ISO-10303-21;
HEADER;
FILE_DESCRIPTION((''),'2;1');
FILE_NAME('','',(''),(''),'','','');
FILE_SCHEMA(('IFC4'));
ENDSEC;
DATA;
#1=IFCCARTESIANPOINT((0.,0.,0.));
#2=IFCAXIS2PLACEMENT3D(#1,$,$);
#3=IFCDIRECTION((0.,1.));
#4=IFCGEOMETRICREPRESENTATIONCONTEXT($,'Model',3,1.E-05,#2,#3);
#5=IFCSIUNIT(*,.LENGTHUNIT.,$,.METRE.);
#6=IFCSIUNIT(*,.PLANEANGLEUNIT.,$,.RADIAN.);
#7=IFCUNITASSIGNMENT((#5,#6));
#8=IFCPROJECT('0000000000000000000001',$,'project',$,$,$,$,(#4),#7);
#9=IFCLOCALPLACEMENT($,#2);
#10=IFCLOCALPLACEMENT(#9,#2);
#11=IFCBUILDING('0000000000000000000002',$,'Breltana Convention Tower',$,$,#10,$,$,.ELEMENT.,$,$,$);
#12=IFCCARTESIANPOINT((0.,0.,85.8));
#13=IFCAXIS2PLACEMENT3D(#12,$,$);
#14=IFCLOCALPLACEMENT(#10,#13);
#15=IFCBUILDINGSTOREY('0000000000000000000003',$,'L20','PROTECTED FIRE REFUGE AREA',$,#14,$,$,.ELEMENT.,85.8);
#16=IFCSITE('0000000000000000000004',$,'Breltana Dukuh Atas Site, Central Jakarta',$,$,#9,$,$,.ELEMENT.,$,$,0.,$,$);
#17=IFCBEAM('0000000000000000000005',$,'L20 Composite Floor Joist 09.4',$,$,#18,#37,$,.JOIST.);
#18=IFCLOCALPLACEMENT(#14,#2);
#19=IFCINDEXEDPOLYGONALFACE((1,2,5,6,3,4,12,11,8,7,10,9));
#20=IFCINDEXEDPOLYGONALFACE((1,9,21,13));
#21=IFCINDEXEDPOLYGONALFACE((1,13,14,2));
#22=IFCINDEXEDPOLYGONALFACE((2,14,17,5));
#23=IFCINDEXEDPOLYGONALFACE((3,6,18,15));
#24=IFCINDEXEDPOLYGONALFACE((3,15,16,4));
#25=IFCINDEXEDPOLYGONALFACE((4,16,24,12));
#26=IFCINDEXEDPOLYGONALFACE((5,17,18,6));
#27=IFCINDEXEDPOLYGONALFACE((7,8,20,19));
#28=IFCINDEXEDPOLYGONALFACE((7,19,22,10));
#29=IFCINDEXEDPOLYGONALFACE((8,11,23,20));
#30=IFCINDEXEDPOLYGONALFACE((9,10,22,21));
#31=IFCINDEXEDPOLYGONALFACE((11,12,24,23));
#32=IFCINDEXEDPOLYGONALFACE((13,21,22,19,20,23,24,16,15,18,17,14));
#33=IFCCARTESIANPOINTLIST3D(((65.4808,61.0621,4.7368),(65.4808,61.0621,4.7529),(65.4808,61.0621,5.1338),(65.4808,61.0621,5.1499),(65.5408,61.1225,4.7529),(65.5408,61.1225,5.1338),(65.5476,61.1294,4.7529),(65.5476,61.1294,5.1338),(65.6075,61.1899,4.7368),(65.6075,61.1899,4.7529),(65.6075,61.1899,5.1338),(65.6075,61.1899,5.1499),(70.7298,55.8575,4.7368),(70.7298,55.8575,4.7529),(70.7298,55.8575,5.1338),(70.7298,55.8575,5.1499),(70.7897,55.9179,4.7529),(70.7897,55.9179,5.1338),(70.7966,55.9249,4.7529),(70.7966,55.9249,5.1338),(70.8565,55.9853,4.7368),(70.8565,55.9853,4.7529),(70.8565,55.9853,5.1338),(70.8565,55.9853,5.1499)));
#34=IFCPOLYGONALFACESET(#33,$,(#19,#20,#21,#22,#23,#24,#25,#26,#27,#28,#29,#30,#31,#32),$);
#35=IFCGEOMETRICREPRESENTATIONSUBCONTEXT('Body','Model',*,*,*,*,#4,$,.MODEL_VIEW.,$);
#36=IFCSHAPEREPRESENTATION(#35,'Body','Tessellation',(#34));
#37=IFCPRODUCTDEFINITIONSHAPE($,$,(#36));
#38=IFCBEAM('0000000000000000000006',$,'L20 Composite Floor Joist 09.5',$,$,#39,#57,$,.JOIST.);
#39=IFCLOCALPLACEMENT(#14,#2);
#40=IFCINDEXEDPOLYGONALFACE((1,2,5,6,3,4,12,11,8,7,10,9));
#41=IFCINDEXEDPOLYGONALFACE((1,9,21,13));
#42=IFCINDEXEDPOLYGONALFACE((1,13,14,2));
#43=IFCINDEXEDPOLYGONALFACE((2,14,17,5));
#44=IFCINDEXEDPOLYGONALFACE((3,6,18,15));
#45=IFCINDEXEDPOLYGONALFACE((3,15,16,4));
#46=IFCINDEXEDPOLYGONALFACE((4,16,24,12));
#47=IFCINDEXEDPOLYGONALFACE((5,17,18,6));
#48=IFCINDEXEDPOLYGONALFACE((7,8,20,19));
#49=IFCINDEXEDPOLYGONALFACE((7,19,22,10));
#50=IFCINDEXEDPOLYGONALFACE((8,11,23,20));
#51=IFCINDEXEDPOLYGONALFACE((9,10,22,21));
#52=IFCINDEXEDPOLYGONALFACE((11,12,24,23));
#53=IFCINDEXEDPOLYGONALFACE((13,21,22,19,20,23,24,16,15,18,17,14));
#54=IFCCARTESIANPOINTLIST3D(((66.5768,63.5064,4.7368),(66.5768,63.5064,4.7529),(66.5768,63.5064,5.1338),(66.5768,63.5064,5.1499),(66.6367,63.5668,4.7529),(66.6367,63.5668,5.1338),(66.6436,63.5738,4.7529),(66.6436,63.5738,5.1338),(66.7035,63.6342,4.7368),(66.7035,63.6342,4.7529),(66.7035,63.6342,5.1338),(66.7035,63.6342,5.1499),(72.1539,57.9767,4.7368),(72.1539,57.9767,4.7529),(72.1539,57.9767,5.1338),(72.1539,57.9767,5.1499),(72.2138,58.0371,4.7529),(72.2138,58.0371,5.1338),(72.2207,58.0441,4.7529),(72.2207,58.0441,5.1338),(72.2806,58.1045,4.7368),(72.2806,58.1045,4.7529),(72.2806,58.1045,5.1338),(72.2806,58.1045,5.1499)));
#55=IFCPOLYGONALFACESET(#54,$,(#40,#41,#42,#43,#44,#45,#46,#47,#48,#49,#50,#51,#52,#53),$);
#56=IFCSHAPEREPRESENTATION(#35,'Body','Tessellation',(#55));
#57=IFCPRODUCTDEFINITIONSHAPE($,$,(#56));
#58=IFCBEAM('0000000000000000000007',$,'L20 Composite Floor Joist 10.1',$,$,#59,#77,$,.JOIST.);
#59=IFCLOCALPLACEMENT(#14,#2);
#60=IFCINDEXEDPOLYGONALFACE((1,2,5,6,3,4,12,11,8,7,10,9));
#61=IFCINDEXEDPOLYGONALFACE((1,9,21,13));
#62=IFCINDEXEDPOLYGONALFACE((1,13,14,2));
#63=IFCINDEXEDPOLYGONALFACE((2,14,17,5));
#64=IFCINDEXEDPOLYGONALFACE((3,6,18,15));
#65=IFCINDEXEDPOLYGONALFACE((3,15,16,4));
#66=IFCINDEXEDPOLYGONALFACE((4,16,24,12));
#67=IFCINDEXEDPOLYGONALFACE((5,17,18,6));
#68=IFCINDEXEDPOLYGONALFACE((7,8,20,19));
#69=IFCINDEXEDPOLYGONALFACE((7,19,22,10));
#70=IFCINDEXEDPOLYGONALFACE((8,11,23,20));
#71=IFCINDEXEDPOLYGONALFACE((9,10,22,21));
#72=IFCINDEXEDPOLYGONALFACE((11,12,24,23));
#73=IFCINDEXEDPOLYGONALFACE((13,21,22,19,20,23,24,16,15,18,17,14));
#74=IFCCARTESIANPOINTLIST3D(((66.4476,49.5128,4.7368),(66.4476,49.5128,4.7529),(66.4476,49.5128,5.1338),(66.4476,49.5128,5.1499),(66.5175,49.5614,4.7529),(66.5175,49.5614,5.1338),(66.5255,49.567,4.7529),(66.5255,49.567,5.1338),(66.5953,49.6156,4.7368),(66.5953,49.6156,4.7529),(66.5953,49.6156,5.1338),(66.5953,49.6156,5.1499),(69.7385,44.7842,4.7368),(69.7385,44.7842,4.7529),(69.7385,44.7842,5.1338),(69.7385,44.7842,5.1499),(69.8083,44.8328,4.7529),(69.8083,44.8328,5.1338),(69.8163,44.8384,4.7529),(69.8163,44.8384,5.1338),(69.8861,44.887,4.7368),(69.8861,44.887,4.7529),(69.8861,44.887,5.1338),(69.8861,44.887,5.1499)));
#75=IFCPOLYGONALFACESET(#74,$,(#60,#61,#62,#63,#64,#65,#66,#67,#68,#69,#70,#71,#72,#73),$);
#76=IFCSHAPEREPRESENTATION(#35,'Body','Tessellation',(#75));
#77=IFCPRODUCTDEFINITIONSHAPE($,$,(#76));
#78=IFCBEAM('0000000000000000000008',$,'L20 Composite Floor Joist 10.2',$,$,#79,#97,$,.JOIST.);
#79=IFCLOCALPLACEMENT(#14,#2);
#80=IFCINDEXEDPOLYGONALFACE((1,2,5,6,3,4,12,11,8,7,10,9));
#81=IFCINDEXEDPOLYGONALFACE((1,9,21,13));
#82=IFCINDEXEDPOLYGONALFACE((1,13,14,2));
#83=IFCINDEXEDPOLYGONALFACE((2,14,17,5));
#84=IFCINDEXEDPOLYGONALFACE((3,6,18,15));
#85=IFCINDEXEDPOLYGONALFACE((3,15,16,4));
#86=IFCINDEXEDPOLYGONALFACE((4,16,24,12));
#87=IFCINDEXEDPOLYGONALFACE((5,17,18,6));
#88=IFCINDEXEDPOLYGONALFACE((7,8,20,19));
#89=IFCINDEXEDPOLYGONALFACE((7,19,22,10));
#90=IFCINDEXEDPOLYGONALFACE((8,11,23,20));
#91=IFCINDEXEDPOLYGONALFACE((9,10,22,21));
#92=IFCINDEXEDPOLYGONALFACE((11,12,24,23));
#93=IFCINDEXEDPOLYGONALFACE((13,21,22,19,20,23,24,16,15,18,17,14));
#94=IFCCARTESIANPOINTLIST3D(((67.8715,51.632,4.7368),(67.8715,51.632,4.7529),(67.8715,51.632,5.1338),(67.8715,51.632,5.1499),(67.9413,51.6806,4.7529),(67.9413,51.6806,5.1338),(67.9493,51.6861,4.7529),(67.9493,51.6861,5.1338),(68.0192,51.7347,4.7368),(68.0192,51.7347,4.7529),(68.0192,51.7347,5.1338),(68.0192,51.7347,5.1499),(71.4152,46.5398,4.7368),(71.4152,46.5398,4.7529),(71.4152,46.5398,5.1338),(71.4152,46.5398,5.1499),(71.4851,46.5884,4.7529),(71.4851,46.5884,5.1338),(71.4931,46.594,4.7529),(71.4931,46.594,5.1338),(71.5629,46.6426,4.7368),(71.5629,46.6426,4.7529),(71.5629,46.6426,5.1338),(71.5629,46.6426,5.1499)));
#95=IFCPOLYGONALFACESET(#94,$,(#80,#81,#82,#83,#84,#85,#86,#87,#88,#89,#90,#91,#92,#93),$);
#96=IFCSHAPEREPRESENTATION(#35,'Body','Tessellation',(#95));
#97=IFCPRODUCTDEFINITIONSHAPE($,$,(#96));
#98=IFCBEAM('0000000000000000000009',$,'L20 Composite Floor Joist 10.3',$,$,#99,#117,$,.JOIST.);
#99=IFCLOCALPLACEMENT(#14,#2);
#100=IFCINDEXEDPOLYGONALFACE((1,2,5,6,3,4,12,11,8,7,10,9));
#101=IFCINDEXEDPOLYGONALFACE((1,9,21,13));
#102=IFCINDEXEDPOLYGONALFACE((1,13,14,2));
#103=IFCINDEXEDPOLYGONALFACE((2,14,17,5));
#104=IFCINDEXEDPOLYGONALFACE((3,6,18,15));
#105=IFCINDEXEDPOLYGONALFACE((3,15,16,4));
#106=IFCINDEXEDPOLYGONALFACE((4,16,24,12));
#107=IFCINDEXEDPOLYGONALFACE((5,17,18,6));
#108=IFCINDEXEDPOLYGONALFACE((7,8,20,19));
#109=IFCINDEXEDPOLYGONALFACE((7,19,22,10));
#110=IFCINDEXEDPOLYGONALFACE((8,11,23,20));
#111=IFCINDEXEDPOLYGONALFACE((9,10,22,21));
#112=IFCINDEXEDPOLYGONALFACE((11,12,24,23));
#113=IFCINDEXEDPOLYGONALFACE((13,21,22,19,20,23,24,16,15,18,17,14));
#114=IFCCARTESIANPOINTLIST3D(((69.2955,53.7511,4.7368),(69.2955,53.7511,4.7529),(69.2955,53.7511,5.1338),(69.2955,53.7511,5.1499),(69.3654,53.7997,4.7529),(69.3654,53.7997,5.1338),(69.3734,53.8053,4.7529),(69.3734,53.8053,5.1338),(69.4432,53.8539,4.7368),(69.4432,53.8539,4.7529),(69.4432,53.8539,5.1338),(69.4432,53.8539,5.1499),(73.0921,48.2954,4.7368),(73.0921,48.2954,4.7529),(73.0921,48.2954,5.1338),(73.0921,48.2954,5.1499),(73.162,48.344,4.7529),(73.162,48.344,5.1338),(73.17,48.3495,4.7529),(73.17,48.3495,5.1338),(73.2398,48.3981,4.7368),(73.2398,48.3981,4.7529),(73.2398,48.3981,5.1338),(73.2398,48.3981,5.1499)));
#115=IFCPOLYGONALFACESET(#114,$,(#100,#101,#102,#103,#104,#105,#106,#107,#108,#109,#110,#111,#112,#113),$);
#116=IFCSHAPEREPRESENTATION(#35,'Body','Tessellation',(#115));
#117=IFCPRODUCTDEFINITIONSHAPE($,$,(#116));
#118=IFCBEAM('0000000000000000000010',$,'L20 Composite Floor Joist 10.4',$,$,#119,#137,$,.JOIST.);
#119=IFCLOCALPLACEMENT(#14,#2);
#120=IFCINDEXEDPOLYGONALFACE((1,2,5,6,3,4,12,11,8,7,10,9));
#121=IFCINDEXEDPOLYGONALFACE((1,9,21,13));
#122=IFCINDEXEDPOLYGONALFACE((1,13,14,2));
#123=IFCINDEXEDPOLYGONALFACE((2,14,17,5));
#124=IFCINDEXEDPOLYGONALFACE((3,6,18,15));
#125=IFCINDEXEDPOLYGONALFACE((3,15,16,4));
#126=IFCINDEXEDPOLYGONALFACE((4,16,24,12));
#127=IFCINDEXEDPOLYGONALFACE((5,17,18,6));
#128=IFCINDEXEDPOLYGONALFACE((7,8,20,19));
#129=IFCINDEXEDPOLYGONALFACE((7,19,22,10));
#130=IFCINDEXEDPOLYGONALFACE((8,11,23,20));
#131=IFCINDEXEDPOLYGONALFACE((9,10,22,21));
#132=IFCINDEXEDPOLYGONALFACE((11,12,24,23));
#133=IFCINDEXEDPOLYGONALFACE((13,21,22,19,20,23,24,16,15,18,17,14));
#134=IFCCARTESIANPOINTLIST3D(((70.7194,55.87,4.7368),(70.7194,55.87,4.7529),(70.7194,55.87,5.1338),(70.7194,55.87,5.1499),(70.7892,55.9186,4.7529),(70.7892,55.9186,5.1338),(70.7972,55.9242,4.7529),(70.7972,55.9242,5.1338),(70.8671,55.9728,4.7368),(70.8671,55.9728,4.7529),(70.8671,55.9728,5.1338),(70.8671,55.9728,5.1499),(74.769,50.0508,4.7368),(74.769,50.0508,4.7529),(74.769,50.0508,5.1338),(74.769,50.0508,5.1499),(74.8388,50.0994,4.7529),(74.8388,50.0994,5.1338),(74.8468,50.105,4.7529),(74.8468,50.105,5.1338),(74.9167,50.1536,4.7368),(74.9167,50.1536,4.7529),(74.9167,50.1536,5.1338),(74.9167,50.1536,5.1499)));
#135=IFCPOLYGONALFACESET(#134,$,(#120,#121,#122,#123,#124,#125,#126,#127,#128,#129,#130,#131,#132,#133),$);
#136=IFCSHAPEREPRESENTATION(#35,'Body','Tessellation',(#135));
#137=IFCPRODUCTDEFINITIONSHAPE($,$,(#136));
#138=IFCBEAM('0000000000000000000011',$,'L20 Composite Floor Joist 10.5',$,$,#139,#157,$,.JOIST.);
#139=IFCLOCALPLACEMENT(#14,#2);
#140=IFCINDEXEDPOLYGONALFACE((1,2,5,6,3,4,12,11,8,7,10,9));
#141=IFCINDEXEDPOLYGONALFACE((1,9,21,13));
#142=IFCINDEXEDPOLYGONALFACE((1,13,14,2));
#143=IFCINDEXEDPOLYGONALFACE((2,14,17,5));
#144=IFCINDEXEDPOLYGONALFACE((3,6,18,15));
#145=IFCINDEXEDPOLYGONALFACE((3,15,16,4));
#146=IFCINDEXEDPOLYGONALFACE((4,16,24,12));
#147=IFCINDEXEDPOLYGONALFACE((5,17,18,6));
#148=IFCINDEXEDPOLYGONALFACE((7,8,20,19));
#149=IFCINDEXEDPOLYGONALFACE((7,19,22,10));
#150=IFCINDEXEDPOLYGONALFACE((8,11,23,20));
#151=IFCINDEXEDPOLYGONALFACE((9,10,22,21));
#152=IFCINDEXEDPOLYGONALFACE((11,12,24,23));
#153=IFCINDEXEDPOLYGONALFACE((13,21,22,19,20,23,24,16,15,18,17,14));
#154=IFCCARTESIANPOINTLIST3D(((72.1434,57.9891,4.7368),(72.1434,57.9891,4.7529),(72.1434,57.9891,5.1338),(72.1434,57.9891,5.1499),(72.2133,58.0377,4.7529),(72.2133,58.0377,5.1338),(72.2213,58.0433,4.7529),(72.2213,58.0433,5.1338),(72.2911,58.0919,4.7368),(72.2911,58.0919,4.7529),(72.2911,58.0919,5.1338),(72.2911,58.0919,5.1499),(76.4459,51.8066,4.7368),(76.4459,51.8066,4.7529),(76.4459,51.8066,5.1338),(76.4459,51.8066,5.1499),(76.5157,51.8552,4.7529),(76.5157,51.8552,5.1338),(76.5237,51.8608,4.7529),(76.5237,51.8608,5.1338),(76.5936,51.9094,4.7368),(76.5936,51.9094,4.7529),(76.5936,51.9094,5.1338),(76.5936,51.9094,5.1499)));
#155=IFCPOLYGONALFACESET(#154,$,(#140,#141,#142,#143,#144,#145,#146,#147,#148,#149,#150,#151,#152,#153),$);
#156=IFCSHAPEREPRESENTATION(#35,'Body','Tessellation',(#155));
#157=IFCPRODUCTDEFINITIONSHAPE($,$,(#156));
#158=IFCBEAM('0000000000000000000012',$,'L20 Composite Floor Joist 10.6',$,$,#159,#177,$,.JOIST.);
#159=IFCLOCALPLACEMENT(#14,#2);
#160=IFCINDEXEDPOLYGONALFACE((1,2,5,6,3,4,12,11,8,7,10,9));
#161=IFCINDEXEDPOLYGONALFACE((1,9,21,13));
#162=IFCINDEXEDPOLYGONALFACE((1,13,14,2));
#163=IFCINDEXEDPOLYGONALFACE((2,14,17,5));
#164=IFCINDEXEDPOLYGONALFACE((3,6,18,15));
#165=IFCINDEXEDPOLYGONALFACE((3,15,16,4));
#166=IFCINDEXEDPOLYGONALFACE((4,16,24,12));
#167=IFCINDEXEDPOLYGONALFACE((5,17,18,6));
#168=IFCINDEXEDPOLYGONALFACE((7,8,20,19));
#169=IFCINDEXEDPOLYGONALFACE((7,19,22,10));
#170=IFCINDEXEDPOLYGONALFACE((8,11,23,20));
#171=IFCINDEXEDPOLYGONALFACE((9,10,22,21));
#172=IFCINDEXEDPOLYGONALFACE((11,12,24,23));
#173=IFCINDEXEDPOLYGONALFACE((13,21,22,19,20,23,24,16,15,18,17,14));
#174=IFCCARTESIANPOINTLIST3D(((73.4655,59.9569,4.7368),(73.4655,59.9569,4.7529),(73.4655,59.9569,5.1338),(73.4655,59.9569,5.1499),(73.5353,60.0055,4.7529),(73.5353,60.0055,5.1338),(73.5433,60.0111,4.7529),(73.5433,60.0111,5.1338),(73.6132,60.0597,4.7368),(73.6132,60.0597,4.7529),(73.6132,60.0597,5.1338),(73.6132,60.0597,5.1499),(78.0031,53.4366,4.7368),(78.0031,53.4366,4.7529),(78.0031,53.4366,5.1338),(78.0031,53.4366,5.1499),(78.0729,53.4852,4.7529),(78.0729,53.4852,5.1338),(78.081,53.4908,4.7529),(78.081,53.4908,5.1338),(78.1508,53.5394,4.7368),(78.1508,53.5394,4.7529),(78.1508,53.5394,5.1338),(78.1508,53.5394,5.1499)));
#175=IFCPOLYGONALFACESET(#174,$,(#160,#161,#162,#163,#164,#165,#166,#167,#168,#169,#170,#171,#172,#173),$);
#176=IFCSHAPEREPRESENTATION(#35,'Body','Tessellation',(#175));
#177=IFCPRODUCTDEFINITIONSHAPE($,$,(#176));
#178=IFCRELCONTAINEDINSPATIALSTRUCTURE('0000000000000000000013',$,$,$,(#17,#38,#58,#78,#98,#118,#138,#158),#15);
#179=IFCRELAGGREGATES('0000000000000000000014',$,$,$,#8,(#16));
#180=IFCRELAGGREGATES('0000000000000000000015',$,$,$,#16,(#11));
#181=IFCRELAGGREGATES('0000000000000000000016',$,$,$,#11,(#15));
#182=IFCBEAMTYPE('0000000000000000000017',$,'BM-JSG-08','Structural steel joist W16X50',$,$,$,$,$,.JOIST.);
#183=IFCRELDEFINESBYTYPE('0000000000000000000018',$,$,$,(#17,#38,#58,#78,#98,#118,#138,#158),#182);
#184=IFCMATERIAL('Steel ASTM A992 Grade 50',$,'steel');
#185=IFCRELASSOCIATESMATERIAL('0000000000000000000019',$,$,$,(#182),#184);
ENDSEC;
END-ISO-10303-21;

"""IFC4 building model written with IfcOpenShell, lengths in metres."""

from ifc_helpers import new_model, si_unit, direction, frame, origin, origin_2d, place, context, subcontext, project, spatial, i_section, extrude, source, transform, mapped, material, material_profile, profile_set, type_object, element, save


model = new_model("IFC4")

# Units and contexts
model_context = context("Model", 3, precision=1e-05, world=origin(), true_north=direction((0.0, 1.0)))
body_context = subcontext(model_context, "Body", "Model", "MODEL_VIEW")
ifc_project = project(units=[si_unit("LENGTHUNIT", "METRE"), si_unit("PLANEANGLEUNIT", "RADIAN")], contexts=[model_context])

# Site, building, storey
site_placement = place(None, origin())
site = spatial("IfcSite", under=ifc_project, at=site_placement, Name="Breltana Dukuh Atas Site, Central Jakarta", CompositionType="ELEMENT", RefElevation=0.0)
building_placement = place(site_placement, origin())
building = spatial("IfcBuilding", under=site, at=building_placement, Name="Breltana Convention Tower", CompositionType="ELEMENT")
storey_placement = place(building_placement, frame((0.0, 0.0, 85.8)))
storey = spatial("IfcBuildingStorey", under=building, at=storey_placement, Name="L20", Description="PROTECTED FIRE REFUGE AREA", CompositionType="ELEMENT", Elevation=85.8)

# Shared definitions
ifc_material_1 = material(Name="Steel ASTM A992 Grade 50", Category="steel")

# Beams
ifc_material_profile_1 = material_profile(ifc_material_1, i_section(OverallWidth=0.1799, OverallDepth=0.4131, WebThickness=0.0098, FlangeThickness=0.0161, at=origin_2d()), Name="W16X50")
ifc_profile_set_1 = profile_set([ifc_material_profile_1], Name="Steel ASTM A992 Grade 50")
beam_type_1 = type_object("IfcBeamType", Name="BM-JSG-08", Description="Structural steel joist W16X50", PredefinedType="JOIST", material=ifc_profile_set_1)
shared_shape_1 = source(origin(), body_context, "Body", "SweptSolid", [
    extrude(i_section(OverallWidth=0.1799, OverallDepth=0.4131, WebThickness=0.0098, FlangeThickness=0.0161, at=origin_2d()), origin(), (0.0, 0.0, 1.0), 7.3918),
])
beam_1_placement = place(storey_placement, frame((65.5442, 61.126, 4.9434), z_axis=(0.710106, -0.704095, 0.0), x_axis=(0.704095, 0.710106, 0.0)))
element("IfcBeam", 1, at=beam_1_placement, inside=storey, type_object=beam_type_1, Name="L20 Composite Floor Joist 09.4", PredefinedType="JOIST", context=body_context, shape_type="MappedRepresentation", body=[
    mapped(shared_shape_1, transform((0.0, 0.0, 0.0), scale=1.0)),
])
shared_shape_2 = source(origin(), body_context, "Body", "SweptSolid", [
    extrude(i_section(OverallWidth=0.1799, OverallDepth=0.4131, WebThickness=0.0098, FlangeThickness=0.0161, at=origin_2d()), origin(), (0.0, 0.0, 1.0), 7.8538),
])
beam_2_placement = place(storey_placement, frame((66.6401, 63.5703, 4.9434), z_axis=(0.710116, -0.704085, 0.0), x_axis=(0.704085, 0.710116, 0.0)))
element("IfcBeam", 2, at=beam_2_placement, inside=storey, type_object=beam_type_1, Name="L20 Composite Floor Joist 09.5", PredefinedType="JOIST", context=body_context, shape_type="MappedRepresentation", body=[
    mapped(shared_shape_2, transform((0.0, 0.0, 0.0), scale=1.0)),
])
shared_shape_3 = source(origin(), body_context, "Body", "SweptSolid", [
    extrude(i_section(OverallWidth=0.1799, OverallDepth=0.4131, WebThickness=0.0098, FlangeThickness=0.0161, at=origin_2d()), origin(), (0.0, 0.0, 1.0), 5.761),
])
beam_3_placement = place(storey_placement, frame((66.5215, 49.5642, 4.9434), z_axis=(0.571225, -0.820794, 0.0), x_axis=(0.820794, 0.571225, 0.0)))
element("IfcBeam", 3, at=beam_3_placement, inside=storey, type_object=beam_type_1, Name="L20 Composite Floor Joist 10.1", PredefinedType="JOIST", context=body_context, shape_type="MappedRepresentation", body=[
    mapped(shared_shape_3, transform((0.0, 0.0, 0.0), scale=1.0)),
])
shared_shape_4 = source(origin(), body_context, "Body", "SweptSolid", [
    extrude(i_section(OverallWidth=0.1799, OverallDepth=0.4131, WebThickness=0.0098, FlangeThickness=0.0161, at=origin_2d()), origin(), (0.0, 0.0, 1.0), 6.2039),
])
beam_4_placement = place(storey_placement, frame((67.9453, 51.6833, 4.9434), z_axis=(0.571218, -0.820799, 0.0), x_axis=(0.820799, 0.571218, 0.0)))
element("IfcBeam", 4, at=beam_4_placement, inside=storey, type_object=beam_type_1, Name="L20 Composite Floor Joist 10.2", PredefinedType="JOIST", context=body_context, shape_type="MappedRepresentation", body=[
    mapped(shared_shape_4, transform((0.0, 0.0, 0.0), scale=1.0)),
])
shared_shape_5 = source(origin(), body_context, "Body", "SweptSolid", [
    extrude(i_section(OverallWidth=0.1799, OverallDepth=0.4131, WebThickness=0.0098, FlangeThickness=0.0161, at=origin_2d()), origin(), (0.0, 0.0, 1.0), 6.6467),
])
beam_5_placement = place(storey_placement, frame((69.3694, 53.8025, 4.9434), z_axis=(0.571195, -0.820815, 0.0), x_axis=(0.820815, 0.571195, 0.0)))
element("IfcBeam", 5, at=beam_5_placement, inside=storey, type_object=beam_type_1, Name="L20 Composite Floor Joist 10.3", PredefinedType="JOIST", context=body_context, shape_type="MappedRepresentation", body=[
    mapped(shared_shape_5, transform((0.0, 0.0, 0.0), scale=1.0)),
])
shared_shape_6 = source(origin(), body_context, "Body", "SweptSolid", [
    extrude(i_section(OverallWidth=0.1799, OverallDepth=0.4131, WebThickness=0.0098, FlangeThickness=0.0161, at=origin_2d()), origin(), (0.0, 0.0, 1.0), 7.0896),
])
beam_6_placement = place(storey_placement, frame((70.7932, 55.9214, 4.9434), z_axis=(0.571207, -0.820806, 0.0), x_axis=(0.820806, 0.571207, 0.0)))
element("IfcBeam", 6, at=beam_6_placement, inside=storey, type_object=beam_type_1, Name="L20 Composite Floor Joist 10.4", PredefinedType="JOIST", context=body_context, shape_type="MappedRepresentation", body=[
    mapped(shared_shape_6, transform((0.0, 0.0, 0.0), scale=1.0)),
])
shared_shape_7 = source(origin(), body_context, "Body", "SweptSolid", [
    extrude(i_section(OverallWidth=0.1799, OverallDepth=0.4131, WebThickness=0.0098, FlangeThickness=0.0161, at=origin_2d()), origin(), (0.0, 0.0, 1.0), 7.5322),
])
beam_7_placement = place(storey_placement, frame((72.2173, 58.0405, 4.9434), z_axis=(0.571202, -0.820809, 0.0), x_axis=(0.820809, 0.571202, 0.0)))
element("IfcBeam", 7, at=beam_7_placement, inside=storey, type_object=beam_type_1, Name="L20 Composite Floor Joist 10.5", PredefinedType="JOIST", context=body_context, shape_type="MappedRepresentation", body=[
    mapped(shared_shape_7, transform((0.0, 0.0, 0.0), scale=1.0)),
])
shared_shape_8 = source(origin(), body_context, "Body", "SweptSolid", [
    extrude(i_section(OverallWidth=0.1799, OverallDepth=0.4131, WebThickness=0.0098, FlangeThickness=0.0161, at=origin_2d()), origin(), (0.0, 0.0, 1.0), 7.9438),
])
beam_8_placement = place(storey_placement, frame((73.5393, 60.0083, 4.9434), z_axis=(0.571214, -0.820801, 0.0), x_axis=(0.820801, 0.571214, 0.0)))
element("IfcBeam", 8, at=beam_8_placement, inside=storey, type_object=beam_type_1, Name="L20 Composite Floor Joist 10.6", PredefinedType="JOIST", context=body_context, shape_type="MappedRepresentation", body=[
    mapped(shared_shape_8, transform((0.0, 0.0, 0.0), scale=1.0)),
])

save(model, "model.ifc")
